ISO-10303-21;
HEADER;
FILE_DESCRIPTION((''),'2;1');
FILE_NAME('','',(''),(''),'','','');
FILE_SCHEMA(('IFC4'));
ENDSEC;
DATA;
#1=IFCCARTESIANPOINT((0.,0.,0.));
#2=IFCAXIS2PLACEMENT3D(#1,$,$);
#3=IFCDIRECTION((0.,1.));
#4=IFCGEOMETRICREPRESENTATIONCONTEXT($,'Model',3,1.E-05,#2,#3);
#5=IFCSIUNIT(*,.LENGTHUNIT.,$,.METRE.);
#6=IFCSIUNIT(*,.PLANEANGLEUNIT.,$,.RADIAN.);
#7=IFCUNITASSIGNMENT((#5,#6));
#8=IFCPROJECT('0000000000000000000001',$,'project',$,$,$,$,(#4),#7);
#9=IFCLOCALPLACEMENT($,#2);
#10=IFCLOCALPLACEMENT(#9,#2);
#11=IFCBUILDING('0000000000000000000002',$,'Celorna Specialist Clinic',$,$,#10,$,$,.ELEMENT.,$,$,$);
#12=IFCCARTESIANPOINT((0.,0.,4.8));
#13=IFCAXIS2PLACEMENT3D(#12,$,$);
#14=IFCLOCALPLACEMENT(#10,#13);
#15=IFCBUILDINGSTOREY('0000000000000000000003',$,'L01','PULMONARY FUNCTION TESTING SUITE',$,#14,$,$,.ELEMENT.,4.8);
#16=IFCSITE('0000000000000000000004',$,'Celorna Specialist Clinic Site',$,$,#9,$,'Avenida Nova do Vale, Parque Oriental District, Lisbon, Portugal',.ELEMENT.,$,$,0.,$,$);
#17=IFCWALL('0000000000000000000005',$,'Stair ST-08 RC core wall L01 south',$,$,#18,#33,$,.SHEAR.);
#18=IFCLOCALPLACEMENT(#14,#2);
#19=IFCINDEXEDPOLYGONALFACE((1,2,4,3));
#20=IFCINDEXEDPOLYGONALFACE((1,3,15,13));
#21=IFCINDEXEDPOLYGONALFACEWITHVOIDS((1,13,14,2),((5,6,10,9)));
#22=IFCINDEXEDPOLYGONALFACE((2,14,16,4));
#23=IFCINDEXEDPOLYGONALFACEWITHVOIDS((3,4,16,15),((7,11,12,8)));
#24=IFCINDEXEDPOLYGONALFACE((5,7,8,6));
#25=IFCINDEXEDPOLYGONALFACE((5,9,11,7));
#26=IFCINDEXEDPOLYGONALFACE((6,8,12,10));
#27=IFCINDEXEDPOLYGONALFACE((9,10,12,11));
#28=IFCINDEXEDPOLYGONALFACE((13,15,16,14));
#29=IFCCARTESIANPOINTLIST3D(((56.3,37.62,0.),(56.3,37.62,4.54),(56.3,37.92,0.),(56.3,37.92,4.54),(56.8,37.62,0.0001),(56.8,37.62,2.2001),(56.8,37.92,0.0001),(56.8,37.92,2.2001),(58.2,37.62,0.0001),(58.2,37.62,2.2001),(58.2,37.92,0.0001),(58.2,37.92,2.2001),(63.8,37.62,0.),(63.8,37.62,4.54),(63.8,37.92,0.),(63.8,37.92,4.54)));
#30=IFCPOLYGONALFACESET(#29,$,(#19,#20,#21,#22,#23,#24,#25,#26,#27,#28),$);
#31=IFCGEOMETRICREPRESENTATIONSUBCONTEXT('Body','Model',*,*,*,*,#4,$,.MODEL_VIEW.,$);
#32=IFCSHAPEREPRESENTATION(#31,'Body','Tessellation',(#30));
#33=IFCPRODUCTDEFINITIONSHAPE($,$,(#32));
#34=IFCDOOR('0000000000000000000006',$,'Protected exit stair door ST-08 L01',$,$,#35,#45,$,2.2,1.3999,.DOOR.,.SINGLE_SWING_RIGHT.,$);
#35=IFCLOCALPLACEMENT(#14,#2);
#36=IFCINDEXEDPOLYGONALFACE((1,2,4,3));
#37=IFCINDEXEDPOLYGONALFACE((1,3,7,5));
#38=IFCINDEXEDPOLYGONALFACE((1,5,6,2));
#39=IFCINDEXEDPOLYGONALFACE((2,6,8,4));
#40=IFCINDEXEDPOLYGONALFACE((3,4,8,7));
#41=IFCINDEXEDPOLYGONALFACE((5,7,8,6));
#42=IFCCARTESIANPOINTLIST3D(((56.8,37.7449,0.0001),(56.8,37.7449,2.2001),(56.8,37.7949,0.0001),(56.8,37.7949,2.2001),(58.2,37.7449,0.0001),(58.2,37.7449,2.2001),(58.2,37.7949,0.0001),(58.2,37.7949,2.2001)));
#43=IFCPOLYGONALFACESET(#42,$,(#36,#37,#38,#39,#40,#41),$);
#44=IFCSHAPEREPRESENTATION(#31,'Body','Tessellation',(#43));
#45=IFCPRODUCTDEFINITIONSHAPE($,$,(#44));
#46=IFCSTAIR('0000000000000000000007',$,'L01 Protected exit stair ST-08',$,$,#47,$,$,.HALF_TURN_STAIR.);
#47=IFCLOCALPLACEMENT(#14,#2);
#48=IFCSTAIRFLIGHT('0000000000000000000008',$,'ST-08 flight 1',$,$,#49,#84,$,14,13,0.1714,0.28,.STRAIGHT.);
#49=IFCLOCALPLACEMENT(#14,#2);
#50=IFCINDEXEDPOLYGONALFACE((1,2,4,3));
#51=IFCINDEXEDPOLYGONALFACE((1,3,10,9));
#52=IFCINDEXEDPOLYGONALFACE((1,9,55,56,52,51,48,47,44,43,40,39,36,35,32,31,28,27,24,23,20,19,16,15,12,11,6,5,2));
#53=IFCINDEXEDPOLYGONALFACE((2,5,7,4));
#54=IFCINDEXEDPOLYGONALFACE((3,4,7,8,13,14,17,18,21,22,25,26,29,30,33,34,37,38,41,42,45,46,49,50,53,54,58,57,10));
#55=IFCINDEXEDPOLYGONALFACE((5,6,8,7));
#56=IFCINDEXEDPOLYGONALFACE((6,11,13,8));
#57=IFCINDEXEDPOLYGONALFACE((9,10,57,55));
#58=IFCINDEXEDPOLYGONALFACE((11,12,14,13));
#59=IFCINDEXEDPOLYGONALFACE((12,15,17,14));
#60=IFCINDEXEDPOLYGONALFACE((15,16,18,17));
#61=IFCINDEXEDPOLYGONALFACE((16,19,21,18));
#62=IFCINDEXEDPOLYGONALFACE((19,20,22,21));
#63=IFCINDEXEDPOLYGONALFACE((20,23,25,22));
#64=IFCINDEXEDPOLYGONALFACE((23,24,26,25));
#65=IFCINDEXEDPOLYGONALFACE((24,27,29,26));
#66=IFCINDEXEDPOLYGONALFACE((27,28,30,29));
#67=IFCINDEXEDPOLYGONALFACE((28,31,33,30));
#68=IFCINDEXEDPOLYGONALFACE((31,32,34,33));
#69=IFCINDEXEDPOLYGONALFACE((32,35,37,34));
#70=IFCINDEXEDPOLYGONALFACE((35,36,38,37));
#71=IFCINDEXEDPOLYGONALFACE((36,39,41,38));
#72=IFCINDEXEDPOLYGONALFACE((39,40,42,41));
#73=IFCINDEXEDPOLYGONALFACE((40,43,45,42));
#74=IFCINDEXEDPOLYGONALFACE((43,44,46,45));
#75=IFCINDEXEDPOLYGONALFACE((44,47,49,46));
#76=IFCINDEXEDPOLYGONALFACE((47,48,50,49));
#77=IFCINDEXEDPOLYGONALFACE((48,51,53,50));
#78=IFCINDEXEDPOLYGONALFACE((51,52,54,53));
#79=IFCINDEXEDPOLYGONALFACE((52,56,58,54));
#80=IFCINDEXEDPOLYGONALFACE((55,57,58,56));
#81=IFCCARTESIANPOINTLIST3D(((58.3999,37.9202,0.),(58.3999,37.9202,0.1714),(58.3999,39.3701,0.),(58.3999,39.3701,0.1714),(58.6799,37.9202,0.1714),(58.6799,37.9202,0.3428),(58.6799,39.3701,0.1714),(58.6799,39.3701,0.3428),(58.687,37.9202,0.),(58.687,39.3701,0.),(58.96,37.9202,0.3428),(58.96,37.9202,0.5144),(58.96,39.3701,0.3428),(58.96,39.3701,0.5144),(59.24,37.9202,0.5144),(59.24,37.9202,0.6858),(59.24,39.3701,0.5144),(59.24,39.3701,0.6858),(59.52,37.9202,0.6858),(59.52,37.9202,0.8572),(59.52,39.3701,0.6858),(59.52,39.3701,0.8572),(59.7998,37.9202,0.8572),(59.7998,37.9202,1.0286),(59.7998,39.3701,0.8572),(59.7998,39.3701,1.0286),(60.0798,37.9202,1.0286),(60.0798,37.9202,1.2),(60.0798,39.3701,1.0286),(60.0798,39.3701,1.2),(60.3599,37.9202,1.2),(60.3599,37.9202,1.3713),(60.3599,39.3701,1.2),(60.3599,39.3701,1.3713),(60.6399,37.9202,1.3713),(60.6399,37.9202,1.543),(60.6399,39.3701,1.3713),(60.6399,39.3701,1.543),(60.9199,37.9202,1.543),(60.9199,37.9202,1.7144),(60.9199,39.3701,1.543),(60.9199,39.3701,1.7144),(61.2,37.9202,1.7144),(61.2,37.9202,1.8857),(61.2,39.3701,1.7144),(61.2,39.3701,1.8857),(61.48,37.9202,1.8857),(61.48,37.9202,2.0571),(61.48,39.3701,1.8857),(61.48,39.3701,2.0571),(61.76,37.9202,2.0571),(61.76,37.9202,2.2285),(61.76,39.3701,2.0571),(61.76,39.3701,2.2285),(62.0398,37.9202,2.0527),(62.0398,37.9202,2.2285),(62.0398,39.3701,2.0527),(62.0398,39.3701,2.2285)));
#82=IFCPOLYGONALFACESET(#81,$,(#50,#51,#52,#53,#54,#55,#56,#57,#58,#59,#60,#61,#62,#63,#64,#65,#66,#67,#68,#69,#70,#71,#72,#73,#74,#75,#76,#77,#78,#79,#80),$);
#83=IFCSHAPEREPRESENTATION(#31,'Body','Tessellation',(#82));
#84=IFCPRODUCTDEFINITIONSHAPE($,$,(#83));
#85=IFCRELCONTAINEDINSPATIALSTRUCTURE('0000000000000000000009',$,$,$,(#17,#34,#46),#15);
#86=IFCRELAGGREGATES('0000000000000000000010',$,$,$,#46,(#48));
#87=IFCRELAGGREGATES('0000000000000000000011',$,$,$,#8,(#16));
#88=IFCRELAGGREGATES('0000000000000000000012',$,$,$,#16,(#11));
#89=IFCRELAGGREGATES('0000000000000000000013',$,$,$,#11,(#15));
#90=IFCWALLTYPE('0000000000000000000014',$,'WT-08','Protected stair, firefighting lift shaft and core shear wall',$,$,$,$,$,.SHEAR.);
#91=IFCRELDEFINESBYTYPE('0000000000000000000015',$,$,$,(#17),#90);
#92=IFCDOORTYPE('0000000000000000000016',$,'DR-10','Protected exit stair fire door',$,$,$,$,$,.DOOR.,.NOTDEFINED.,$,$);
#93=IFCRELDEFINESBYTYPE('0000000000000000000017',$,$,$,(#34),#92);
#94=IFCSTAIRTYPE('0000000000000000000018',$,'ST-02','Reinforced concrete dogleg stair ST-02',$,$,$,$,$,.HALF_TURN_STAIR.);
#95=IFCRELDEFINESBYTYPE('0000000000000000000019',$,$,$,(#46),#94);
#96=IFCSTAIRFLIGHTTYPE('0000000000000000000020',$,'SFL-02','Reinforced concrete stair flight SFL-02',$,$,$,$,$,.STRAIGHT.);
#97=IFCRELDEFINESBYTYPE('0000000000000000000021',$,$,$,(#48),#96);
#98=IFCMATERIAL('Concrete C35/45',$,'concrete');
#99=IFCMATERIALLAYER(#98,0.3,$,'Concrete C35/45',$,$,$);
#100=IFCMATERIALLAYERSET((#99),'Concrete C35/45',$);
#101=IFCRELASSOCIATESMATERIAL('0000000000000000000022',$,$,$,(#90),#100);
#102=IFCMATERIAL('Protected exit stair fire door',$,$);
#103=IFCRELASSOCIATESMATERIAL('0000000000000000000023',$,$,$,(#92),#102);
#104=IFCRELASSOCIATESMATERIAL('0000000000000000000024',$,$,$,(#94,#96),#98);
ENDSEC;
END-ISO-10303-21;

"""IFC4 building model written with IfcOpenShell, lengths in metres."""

from ifc_helpers import new_model, si_unit, direction, frame, frame_2d, origin, place, context, subcontext, project, spatial, polyline, rectangle, outline, extrude, material, layer, layer_set, type_object, element, fill, aggregate, save


model = new_model("IFC4")

# Units and contexts
model_context = context("Model", 3, precision=1e-05, world=origin(), true_north=direction((0.0, 1.0)))
body_context = subcontext(model_context, "Body", "Model", "MODEL_VIEW")
ifc_project = project(units=[si_unit("LENGTHUNIT", "METRE"), si_unit("PLANEANGLEUNIT", "RADIAN")], contexts=[model_context])

# Site, building, storey
site_placement = place(None, origin())
site = spatial("IfcSite", under=ifc_project, at=site_placement, Name="Celorna Specialist Clinic Site", LongName="Avenida Nova do Vale, Parque Oriental District, Lisbon, Portugal", CompositionType="ELEMENT", RefElevation=0.0)
building_placement = place(site_placement, origin())
building = spatial("IfcBuilding", under=site, at=building_placement, Name="Celorna Specialist Clinic", CompositionType="ELEMENT")
storey_placement = place(building_placement, frame((0.0, 0.0, 4.8)))
storey = spatial("IfcBuildingStorey", under=building, at=storey_placement, Name="L01", Description="PULMONARY FUNCTION TESTING SUITE", CompositionType="ELEMENT", Elevation=4.8)

# Shared definitions
ifc_material_1 = material(Name="Concrete C35/45", Category="concrete")

# Wall, opening, door
ifc_layer_1 = layer(ifc_material_1, 0.3, Name="Concrete C35/45")
ifc_layer_set_1 = layer_set([ifc_layer_1], Name="Concrete C35/45")
wall_type = type_object("IfcWallType", Name="WT-08", Description="Protected stair, firefighting lift shaft and core shear wall", PredefinedType="SHEAR", material=ifc_layer_set_1)
wall_placement = place(storey_placement, frame((56.3, 37.77, 0.0), z_axis=(0.0, 0.0, 1.0), x_axis=(1.0, 0.0, 0.0)))
wall = element("IfcWall", 1, at=wall_placement, inside=storey, type_object=wall_type, Name="Stair ST-08 RC core wall L01 south", PredefinedType="SHEAR", context=body_context, shape_type="SweptSolid", body=[
    extrude(rectangle(XDim=7.5, YDim=0.3, at=frame_2d((3.75, 0.0))), origin(), (0.0, 0.0, 1.0), 4.54),
])
opening_placement = place(wall_placement, frame((0.5, 0.0, 0.0)))
opening = element("IfcOpeningElement", 2, at=opening_placement, cuts=wall, PredefinedType="OPENING", context=body_context, shape_type="SweptSolid", body=[
    extrude(rectangle(XDim=1.3999, YDim=2.2, at=frame_2d((0.7, 1.1001))), frame((0.0, 0.1599, 0.0), z_axis=(0.0, -1.0, 0.0), x_axis=(1.0, 0.0, 0.0)), (0.0, 0.0, 1.0), 0.3201),
])
ifc_material_2 = material(Name="Protected exit stair fire door")
door_type = type_object("IfcDoorType", Name="DR-10", Description="Protected exit stair fire door", OperationType="NOTDEFINED", PredefinedType="DOOR", material=ifc_material_2)
door_placement = place(opening_placement, origin())
door = element("IfcDoor", 3, at=door_placement, inside=storey, type_object=door_type, Name="Protected exit stair door ST-08 L01", OperationType="SINGLE_SWING_RIGHT", OverallHeight=2.2, OverallWidth=1.3999, PredefinedType="DOOR", context=body_context, shape_type="SweptSolid", body=[
    extrude(rectangle(XDim=1.3999, YDim=2.2, at=frame_2d((0.7, 1.1001))), frame((0.0, 0.0249, 0.0), z_axis=(0.0, -1.0, 0.0), x_axis=(1.0, 0.0, 0.0)), (0.0, 0.0, 1.0), 0.05),
])
fill(opening, door)

# Stair, stair flight
stair_type = type_object("IfcStairType", Name="ST-02", Description="Reinforced concrete dogleg stair ST-02", PredefinedType="HALF_TURN_STAIR", material=ifc_material_1)
stair_placement = place(storey_placement, origin())
stair = element("IfcStair", 4, at=stair_placement, inside=storey, type_object=stair_type, Name="L01 Protected exit stair ST-08", PredefinedType="HALF_TURN_STAIR")
stair_flight_type = type_object("IfcStairFlightType", Name="SFL-02", Description="Reinforced concrete stair flight SFL-02", PredefinedType="STRAIGHT", material=ifc_material_1)
stair_flight_placement = place(storey_placement, frame((58.3999, 38.645, 0.0), z_axis=(0.0, 0.0, 1.0), x_axis=(1.0, 0.0, 0.0)))
stair_flight = element("IfcStairFlight", 5, at=stair_flight_placement, type_object=stair_flight_type, Name="ST-08 flight 1", NumberOfRisers=14, NumberOfTreads=13, PredefinedType="STRAIGHT", RiserHeight=0.1714, TreadLength=0.28, context=body_context, shape_type="SweptSolid", body=[
    extrude(outline(polyline([(0.0, 0.0), (0.0, 0.1714), (0.28, 0.1714), (0.28, 0.3428), (0.5601, 0.3428), (0.5601, 0.5144), (0.8401, 0.5144), (0.8401, 0.6858), (1.1201, 0.6858), (1.1201, 0.8572), (1.3999, 0.8572), (1.3999, 1.0286), (1.6799, 1.0286), (1.6799, 1.2), (1.96, 1.2), (1.96, 1.3713), (2.24, 1.3713), (2.24, 1.543), (2.52, 1.543), (2.52, 1.7144), (2.8, 1.7144), (2.8, 1.8857), (3.0801, 1.8857), (3.0801, 2.0571), (3.3601, 2.0571), (3.3601, 2.2285), (3.6399, 2.2285), (3.6399, 2.3999), (3.6399, 2.0527), (0.2871, 0.0), (0.0, 0.0)])), frame((0.0, 0.7251, 0.0), z_axis=(0.0, -1.0, 0.0), x_axis=(1.0, 0.0, 0.0)), (0.0, 0.0, 1.0), 1.45),
])
aggregate(stair, [stair_flight])

save(model, "model.ifc")
